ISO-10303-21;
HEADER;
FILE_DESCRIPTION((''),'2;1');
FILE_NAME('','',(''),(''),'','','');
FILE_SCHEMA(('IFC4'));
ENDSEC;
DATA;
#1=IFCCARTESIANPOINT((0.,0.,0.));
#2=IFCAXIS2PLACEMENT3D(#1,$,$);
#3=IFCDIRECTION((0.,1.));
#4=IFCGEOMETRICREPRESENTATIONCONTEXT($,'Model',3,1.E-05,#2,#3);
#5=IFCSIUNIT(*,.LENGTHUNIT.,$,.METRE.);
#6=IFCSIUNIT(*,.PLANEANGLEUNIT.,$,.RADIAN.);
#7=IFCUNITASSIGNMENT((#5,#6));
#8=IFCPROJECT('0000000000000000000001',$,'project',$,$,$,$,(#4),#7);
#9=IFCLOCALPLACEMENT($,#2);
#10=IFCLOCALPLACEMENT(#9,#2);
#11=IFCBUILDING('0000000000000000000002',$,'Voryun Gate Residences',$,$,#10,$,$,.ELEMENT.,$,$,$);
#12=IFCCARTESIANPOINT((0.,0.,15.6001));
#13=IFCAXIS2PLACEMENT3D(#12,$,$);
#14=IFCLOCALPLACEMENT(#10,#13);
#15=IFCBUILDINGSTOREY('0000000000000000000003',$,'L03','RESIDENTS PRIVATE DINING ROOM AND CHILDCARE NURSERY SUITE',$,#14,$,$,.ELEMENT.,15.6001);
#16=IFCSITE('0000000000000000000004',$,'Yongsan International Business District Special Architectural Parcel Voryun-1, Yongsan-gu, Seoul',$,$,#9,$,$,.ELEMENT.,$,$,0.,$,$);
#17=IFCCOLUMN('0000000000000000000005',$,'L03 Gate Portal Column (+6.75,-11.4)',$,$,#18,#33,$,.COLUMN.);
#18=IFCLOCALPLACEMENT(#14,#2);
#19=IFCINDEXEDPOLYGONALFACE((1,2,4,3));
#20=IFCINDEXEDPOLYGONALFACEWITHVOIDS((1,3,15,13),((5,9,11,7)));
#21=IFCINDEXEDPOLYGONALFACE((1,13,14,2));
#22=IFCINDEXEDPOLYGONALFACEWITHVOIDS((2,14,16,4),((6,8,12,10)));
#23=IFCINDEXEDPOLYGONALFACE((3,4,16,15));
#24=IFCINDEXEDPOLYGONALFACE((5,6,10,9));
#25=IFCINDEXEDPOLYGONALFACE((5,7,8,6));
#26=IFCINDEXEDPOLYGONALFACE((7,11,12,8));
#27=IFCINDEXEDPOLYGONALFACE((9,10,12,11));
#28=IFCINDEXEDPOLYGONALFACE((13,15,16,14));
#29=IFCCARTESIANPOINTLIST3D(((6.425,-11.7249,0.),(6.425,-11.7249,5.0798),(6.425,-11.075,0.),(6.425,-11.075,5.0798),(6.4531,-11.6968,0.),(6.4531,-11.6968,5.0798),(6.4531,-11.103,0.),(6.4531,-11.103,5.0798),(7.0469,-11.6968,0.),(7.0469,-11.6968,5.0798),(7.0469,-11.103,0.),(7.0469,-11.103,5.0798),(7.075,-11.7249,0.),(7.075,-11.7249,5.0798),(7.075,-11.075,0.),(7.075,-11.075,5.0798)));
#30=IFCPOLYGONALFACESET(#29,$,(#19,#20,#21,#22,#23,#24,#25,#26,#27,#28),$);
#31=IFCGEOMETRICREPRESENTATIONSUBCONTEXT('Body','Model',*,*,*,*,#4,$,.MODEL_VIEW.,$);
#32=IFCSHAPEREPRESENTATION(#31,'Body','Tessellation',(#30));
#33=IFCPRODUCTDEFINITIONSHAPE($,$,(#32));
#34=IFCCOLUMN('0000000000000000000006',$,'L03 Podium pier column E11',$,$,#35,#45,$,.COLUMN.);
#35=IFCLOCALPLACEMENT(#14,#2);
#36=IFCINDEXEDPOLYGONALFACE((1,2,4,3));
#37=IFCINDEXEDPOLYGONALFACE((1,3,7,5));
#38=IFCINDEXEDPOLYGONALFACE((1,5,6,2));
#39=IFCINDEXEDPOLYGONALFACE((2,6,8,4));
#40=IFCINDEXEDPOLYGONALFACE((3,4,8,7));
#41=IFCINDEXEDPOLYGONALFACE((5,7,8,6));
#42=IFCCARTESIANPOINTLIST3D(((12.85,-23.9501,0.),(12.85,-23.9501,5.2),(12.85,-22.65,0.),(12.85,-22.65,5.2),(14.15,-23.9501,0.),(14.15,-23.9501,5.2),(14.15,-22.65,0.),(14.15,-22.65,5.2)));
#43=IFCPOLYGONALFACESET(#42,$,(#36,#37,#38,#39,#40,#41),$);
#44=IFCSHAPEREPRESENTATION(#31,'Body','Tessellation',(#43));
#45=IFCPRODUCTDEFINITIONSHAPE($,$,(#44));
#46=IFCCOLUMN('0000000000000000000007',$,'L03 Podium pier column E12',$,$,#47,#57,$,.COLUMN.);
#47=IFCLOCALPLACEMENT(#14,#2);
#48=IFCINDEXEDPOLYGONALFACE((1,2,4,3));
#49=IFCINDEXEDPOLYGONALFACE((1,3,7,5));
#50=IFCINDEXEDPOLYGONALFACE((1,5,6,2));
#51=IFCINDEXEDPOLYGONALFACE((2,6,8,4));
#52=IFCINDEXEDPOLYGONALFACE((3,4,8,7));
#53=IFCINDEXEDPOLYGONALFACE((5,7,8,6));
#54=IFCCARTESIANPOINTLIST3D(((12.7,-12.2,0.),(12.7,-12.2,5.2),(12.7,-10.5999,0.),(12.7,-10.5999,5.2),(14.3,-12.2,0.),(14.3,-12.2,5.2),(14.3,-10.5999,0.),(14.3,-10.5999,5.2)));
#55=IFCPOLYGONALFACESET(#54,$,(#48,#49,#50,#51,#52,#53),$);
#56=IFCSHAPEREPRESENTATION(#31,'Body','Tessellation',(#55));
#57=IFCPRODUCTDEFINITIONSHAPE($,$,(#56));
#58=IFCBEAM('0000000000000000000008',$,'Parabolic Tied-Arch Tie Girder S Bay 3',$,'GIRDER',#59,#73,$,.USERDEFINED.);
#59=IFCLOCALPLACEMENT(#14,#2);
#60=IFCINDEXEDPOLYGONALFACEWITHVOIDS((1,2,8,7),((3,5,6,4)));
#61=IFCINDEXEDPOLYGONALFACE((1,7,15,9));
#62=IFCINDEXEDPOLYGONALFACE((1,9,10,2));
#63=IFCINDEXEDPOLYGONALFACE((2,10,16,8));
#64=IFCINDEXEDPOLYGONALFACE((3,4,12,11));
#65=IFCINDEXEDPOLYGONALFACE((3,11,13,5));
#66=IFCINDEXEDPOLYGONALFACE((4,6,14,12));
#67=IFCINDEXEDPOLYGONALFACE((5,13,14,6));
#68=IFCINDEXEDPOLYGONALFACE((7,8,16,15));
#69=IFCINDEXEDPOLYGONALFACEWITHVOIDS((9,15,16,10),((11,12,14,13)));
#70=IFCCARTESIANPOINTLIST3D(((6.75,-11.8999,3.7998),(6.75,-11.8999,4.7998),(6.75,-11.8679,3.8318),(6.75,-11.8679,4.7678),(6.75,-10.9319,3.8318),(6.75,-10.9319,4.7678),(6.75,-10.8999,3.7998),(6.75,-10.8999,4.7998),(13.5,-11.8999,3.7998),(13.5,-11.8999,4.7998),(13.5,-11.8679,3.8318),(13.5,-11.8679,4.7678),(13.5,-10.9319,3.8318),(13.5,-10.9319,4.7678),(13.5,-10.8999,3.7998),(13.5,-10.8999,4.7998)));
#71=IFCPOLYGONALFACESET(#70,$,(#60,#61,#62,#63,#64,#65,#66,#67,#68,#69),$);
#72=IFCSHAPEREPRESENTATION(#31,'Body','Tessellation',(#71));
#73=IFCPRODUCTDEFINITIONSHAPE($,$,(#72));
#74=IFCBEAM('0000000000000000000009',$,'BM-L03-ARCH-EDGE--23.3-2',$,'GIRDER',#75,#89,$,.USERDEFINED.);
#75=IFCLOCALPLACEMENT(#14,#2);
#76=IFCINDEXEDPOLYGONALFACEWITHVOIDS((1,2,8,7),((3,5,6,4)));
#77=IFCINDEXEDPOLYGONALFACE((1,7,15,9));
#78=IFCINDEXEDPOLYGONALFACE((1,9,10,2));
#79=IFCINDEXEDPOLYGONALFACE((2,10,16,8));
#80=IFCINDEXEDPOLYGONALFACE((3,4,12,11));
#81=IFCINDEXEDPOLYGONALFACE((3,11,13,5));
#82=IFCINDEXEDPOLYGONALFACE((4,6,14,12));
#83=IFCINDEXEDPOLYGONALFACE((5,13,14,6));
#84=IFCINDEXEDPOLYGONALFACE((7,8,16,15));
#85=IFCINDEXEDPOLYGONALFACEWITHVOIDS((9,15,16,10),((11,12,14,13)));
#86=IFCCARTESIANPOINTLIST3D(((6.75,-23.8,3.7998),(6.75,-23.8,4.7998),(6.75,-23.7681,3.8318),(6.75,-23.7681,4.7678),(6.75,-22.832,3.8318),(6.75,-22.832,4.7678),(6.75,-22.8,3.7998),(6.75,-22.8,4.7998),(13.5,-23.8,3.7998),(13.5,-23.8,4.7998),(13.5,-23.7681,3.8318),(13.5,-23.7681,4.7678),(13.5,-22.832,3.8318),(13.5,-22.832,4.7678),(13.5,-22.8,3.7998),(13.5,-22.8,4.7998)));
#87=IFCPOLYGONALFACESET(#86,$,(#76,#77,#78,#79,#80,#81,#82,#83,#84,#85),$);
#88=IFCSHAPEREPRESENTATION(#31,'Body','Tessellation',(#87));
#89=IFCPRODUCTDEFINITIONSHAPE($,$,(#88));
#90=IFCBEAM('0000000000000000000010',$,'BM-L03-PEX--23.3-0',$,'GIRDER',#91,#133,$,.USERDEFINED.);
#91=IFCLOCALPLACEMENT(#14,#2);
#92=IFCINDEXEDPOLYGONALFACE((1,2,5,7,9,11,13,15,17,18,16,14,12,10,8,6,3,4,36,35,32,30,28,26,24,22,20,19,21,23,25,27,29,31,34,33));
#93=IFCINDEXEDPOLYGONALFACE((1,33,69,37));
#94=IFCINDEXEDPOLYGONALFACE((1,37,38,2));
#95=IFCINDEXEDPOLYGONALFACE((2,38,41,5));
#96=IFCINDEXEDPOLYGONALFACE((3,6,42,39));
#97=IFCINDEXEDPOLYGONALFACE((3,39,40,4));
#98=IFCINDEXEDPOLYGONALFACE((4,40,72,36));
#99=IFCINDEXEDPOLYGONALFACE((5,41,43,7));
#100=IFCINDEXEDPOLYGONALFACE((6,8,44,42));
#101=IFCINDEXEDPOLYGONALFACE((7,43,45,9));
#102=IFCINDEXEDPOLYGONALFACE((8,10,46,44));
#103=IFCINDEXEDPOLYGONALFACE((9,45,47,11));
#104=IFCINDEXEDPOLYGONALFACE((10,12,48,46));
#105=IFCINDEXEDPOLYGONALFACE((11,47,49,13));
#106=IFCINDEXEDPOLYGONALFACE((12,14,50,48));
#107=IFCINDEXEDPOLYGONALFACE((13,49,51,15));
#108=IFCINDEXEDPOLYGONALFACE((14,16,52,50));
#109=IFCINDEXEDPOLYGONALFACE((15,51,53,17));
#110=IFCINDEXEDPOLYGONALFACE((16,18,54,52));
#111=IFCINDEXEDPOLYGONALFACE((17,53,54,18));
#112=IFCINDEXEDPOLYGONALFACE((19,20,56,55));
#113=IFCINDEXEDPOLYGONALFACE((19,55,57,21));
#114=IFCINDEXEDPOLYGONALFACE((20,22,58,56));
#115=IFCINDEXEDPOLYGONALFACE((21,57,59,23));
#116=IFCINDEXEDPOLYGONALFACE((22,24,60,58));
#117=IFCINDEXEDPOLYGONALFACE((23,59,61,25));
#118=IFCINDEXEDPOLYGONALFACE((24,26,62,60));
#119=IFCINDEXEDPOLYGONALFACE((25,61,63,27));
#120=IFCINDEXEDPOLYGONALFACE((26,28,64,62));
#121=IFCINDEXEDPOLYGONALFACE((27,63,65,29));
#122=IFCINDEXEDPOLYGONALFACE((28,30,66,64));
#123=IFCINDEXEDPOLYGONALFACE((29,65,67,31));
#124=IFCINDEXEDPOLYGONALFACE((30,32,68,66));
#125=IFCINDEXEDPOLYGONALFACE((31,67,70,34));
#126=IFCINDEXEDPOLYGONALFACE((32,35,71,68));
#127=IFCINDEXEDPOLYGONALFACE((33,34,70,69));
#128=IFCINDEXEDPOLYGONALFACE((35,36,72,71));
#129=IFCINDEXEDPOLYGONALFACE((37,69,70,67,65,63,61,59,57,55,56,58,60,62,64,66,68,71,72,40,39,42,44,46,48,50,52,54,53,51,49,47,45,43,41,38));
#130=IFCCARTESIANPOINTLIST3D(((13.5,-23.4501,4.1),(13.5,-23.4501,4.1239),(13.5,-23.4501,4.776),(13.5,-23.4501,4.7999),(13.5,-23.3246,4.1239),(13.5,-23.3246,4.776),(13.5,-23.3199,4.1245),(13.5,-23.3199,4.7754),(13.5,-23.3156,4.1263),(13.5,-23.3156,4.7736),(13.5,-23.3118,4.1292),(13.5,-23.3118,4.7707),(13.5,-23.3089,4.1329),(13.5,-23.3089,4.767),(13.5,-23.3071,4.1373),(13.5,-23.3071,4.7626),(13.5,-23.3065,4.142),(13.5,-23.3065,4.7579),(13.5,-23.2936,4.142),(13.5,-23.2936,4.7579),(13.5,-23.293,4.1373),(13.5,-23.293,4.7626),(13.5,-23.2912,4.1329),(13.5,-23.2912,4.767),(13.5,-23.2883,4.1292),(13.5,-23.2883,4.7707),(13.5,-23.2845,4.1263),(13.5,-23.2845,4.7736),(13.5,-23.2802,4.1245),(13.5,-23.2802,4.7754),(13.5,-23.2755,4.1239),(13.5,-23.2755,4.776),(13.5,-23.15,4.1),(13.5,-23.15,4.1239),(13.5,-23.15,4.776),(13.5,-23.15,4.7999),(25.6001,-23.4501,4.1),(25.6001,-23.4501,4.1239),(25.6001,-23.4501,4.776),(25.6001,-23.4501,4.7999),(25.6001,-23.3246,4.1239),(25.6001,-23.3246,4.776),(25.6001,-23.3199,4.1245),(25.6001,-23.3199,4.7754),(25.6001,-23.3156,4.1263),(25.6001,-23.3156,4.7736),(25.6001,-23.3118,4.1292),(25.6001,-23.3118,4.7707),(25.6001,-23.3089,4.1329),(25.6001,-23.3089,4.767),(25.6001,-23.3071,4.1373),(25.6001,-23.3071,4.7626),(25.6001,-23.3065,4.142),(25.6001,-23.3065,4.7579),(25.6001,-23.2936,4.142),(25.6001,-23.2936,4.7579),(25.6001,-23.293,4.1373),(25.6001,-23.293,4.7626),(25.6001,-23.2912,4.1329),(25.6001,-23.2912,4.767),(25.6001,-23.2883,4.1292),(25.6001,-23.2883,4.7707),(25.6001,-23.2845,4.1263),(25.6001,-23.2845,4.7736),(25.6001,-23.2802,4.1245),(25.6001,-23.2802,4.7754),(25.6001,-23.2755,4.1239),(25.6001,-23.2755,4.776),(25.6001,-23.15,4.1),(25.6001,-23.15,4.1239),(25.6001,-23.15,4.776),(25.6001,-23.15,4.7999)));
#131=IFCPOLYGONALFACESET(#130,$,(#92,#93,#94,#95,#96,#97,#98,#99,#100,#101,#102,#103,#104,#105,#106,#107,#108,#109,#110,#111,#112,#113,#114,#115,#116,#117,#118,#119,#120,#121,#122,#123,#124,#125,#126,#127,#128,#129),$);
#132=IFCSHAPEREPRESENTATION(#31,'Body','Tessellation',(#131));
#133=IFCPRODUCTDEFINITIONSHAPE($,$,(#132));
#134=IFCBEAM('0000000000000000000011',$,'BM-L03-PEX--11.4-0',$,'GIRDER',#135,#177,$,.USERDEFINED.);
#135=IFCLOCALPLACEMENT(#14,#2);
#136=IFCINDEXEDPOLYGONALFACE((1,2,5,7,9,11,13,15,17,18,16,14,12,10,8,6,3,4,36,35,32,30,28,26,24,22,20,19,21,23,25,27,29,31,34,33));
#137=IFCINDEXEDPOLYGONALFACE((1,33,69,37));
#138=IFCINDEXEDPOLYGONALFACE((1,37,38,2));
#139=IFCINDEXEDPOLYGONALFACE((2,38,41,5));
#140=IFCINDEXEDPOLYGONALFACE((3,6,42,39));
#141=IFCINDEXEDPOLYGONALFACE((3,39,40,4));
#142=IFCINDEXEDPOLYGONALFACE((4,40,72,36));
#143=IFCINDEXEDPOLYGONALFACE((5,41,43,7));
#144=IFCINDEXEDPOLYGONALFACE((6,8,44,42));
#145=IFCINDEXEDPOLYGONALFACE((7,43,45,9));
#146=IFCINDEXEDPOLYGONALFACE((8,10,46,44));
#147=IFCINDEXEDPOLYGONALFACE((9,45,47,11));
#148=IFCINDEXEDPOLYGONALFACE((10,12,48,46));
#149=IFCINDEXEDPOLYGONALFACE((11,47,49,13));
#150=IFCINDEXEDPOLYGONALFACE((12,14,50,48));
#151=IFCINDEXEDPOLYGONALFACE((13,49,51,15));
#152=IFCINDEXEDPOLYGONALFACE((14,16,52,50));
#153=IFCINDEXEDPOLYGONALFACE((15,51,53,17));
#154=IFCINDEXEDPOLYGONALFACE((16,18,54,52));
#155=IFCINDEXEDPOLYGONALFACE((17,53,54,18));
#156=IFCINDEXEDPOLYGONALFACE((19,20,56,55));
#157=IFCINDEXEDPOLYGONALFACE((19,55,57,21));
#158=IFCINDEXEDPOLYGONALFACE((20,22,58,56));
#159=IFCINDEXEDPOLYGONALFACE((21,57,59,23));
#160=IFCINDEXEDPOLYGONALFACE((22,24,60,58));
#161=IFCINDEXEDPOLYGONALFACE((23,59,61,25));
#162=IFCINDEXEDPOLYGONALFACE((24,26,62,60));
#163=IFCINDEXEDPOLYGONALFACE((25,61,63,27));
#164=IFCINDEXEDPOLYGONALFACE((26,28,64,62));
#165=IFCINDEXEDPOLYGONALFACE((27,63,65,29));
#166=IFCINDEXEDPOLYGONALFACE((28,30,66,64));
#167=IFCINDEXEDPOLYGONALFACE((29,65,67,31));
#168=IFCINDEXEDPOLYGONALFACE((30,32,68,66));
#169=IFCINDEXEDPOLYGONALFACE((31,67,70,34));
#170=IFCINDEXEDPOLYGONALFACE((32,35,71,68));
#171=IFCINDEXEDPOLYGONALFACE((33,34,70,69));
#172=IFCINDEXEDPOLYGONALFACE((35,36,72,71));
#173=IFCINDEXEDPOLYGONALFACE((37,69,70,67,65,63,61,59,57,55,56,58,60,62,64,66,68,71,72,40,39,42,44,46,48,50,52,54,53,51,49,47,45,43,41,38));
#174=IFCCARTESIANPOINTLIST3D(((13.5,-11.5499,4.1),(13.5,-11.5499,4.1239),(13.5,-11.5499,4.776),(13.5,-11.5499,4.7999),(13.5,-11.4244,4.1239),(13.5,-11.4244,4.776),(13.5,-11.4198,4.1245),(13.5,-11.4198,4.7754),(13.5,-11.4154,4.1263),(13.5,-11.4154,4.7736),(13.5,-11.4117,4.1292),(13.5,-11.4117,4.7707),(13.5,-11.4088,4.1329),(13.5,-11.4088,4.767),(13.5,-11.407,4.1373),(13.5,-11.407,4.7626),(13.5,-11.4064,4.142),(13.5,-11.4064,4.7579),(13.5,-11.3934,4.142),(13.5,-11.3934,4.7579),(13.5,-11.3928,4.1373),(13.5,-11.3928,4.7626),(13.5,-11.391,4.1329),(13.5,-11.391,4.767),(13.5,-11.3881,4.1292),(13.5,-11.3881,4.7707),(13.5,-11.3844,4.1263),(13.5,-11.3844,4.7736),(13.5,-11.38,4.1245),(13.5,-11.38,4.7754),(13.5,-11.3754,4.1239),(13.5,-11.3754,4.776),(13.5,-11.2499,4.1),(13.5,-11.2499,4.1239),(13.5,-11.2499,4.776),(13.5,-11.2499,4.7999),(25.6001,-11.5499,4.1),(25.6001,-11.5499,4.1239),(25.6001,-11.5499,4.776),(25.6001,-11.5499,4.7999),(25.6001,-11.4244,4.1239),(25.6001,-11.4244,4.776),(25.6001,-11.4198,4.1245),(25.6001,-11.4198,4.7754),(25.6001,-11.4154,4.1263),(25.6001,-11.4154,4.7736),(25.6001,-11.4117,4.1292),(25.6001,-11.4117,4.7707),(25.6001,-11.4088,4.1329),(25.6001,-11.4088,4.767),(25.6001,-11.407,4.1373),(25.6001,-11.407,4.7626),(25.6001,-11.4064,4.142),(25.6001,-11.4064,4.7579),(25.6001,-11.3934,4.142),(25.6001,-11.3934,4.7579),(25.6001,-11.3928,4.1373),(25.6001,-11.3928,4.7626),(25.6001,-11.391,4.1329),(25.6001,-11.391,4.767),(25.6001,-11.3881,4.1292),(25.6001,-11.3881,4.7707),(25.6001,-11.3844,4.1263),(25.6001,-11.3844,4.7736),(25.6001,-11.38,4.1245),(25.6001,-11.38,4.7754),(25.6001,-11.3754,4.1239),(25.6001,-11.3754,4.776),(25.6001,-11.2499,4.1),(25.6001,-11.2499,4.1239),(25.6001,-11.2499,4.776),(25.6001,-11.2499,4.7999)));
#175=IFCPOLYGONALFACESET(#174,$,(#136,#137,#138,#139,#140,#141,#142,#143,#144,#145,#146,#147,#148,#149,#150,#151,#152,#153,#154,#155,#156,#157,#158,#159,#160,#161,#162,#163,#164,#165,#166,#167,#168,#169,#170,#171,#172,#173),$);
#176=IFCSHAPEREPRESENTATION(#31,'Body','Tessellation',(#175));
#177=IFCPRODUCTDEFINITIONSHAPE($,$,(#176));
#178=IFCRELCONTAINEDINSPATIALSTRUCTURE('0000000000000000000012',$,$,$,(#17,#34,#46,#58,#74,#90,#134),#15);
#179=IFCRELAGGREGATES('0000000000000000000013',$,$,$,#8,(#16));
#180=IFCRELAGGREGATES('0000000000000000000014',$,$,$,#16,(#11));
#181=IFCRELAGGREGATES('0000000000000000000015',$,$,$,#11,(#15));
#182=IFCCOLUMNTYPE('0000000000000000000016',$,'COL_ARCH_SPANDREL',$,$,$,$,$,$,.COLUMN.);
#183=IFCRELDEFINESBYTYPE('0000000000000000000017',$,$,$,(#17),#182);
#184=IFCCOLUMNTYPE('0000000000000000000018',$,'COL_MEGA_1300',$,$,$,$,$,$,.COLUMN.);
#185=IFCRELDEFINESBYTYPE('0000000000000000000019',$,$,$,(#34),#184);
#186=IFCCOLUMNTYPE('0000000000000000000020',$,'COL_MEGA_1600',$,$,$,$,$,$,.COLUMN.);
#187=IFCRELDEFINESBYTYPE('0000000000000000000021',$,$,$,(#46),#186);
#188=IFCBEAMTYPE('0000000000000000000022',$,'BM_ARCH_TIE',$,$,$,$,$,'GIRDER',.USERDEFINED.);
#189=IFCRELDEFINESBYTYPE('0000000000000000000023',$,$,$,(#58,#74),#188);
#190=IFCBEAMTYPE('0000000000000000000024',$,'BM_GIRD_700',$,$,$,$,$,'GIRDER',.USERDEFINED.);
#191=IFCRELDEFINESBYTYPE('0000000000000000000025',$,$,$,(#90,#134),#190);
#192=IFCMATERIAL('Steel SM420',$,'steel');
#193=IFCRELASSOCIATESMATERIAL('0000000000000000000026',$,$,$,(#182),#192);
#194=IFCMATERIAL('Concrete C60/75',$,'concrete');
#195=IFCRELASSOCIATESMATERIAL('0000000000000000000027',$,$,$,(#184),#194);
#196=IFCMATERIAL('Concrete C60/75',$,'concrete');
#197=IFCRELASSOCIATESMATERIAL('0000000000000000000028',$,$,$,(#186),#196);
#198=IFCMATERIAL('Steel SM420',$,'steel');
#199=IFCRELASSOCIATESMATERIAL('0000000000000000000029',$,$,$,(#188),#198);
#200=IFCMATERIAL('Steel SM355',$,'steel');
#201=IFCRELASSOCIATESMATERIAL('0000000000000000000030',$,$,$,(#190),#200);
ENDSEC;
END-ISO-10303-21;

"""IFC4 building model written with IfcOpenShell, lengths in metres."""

from ifc_helpers import new_model, si_unit, direction, frame, origin, origin_2d, place, context, subcontext, project, spatial, rectangle, hollow_rectangle, i_section, extrude, material, material_profile, profile_set, type_object, element, save


model = new_model("IFC4")

# Units and contexts
model_context = context("Model", 3, precision=1e-05, world=origin(), true_north=direction((0.0, 1.0)))
body_context = subcontext(model_context, "Body", "Model", "MODEL_VIEW")
ifc_project = project(units=[si_unit("LENGTHUNIT", "METRE"), si_unit("PLANEANGLEUNIT", "RADIAN")], contexts=[model_context])

# Site, building, storey
site_placement = place(None, origin())
site = spatial("IfcSite", under=ifc_project, at=site_placement, Name="Yongsan International Business District Special Architectural Parcel Voryun-1, Yongsan-gu, Seoul", CompositionType="ELEMENT", RefElevation=0.0)
building_placement = place(site_placement, origin())
building = spatial("IfcBuilding", under=site, at=building_placement, Name="Voryun Gate Residences", CompositionType="ELEMENT")
storey_placement = place(building_placement, frame((0.0, 0.0, 15.6001)))
storey = spatial("IfcBuildingStorey", under=building, at=storey_placement, Name="L03", Description="RESIDENTS PRIVATE DINING ROOM AND CHILDCARE NURSERY SUITE", CompositionType="ELEMENT", Elevation=15.6001)

# Columns
ifc_material_1 = material(Name="Steel SM420", Category="steel")
ifc_material_profile_1 = material_profile(ifc_material_1, hollow_rectangle(XDim=0.6499, YDim=0.6499, WallThickness=0.0281, at=origin_2d()), Name="BOX-650x650x28")
ifc_profile_set_1 = profile_set([ifc_material_profile_1], Name="Steel SM420")
column_type_1 = type_object("IfcColumnType", Name="COL_ARCH_SPANDREL", PredefinedType="COLUMN", material=ifc_profile_set_1)
column_1_placement = place(storey_placement, frame((6.75, -11.3999, 0.0), z_axis=(0.0, 0.0, 1.0), x_axis=(1.0, 0.0, 0.0)))
element("IfcColumn", 1, at=column_1_placement, inside=storey, type_object=column_type_1, Name="L03 Gate Portal Column (+6.75,-11.4)", PredefinedType="COLUMN", context=body_context, shape_type="SweptSolid", body=[
    extrude(hollow_rectangle(XDim=0.6499, YDim=0.6499, WallThickness=0.0281, at=origin_2d()), origin(), (0.0, 0.0, 1.0), 5.0798),
])
ifc_material_2 = material(Name="Concrete C60/75", Category="concrete")
ifc_material_profile_2 = material_profile(ifc_material_2, rectangle(XDim=1.3, YDim=1.3, at=origin_2d()), Name="RC-1300x1300")
ifc_profile_set_2 = profile_set([ifc_material_profile_2], Name="Concrete C60/75")
column_type_2 = type_object("IfcColumnType", Name="COL_MEGA_1300", PredefinedType="COLUMN", material=ifc_profile_set_2)
column_2_placement = place(storey_placement, frame((13.5, -23.3, 0.0), z_axis=(0.0, 0.0, 1.0), x_axis=(1.0, 0.0, 0.0)))
element("IfcColumn", 2, at=column_2_placement, inside=storey, type_object=column_type_2, Name="L03 Podium pier column E11", PredefinedType="COLUMN", context=body_context, shape_type="SweptSolid", body=[
    extrude(rectangle(XDim=1.3, YDim=1.3, at=origin_2d()), origin(), (0.0, 0.0, 1.0), 5.2),
])
ifc_material_3 = material(Name="Concrete C60/75", Category="concrete")
ifc_material_profile_3 = material_profile(ifc_material_3, rectangle(XDim=1.6001, YDim=1.6001, at=origin_2d()), Name="RC-1600x1600")
ifc_profile_set_3 = profile_set([ifc_material_profile_3], Name="Concrete C60/75")
column_type_3 = type_object("IfcColumnType", Name="COL_MEGA_1600", PredefinedType="COLUMN", material=ifc_profile_set_3)
column_3_placement = place(storey_placement, frame((13.5, -11.3999, 0.0), z_axis=(0.0, 0.0, 1.0), x_axis=(1.0, 0.0, 0.0)))
element("IfcColumn", 3, at=column_3_placement, inside=storey, type_object=column_type_3, Name="L03 Podium pier column E12", PredefinedType="COLUMN", context=body_context, shape_type="SweptSolid", body=[
    extrude(rectangle(XDim=1.6001, YDim=1.6001, at=origin_2d()), origin(), (0.0, 0.0, 1.0), 5.2),
])

# Beams
ifc_material_4 = material(Name="Steel SM420", Category="steel")
ifc_material_profile_4 = material_profile(ifc_material_4, hollow_rectangle(XDim=1.0, YDim=1.0, WallThickness=0.032, at=origin_2d()), Name="BOX-1000x1000x32")
ifc_profile_set_4 = profile_set([ifc_material_profile_4], Name="Steel SM420")
beam_type_1 = type_object("IfcBeamType", Name="BM_ARCH_TIE", ElementType="GIRDER", PredefinedType="USERDEFINED", material=ifc_profile_set_4)
for number, where, z_axis, x_axis, name in (
    (4, (6.75, -11.3999, 4.2998), (1.0, 0.0, 0.0), (0.0, 1.0, 0.0), "Parabolic Tied-Arch Tie Girder S Bay 3"),
    (5, (6.75, -23.3, 4.2998), (1.0, 0.0, 0.0), (0.0, 1.0, 0.0), "BM-L03-ARCH-EDGE--23.3-2"),
):
    element("IfcBeam", number, at=place(storey_placement, frame(where, z_axis=z_axis, x_axis=x_axis)), inside=storey, type_object=beam_type_1, Name=name, ObjectType="GIRDER", PredefinedType="USERDEFINED", context=body_context, shape_type="SweptSolid", body=[
        extrude(hollow_rectangle(XDim=1.0, YDim=1.0, WallThickness=0.032, at=origin_2d()), origin(), (0.0, 0.0, 1.0), 6.75),
    ])
ifc_material_5 = material(Name="Steel SM355", Category="steel")
ifc_material_profile_5 = material_profile(ifc_material_5, i_section(OverallWidth=0.3, OverallDepth=0.7, WebThickness=0.0129, FlangeThickness=0.0239, FilletRadius=0.0181, at=origin_2d()), Name="H-700x300x13x24")
ifc_profile_set_5 = profile_set([ifc_material_profile_5], Name="Steel SM355")
beam_type_2 = type_object("IfcBeamType", Name="BM_GIRD_700", ElementType="GIRDER", PredefinedType="USERDEFINED", material=ifc_profile_set_5)
for number, where, z_axis, x_axis, name in (
    (6, (13.5, -23.3, 4.45), (1.0, 0.0, 0.0), (0.0, 1.0, 0.0), "BM-L03-PEX--23.3-0"),
    (7, (13.5, -11.3999, 4.45), (1.0, 0.0, 0.0), (0.0, 1.0, 0.0), "BM-L03-PEX--11.4-0"),
):
    element("IfcBeam", number, at=place(storey_placement, frame(where, z_axis=z_axis, x_axis=x_axis)), inside=storey, type_object=beam_type_2, Name=name, ObjectType="GIRDER", PredefinedType="USERDEFINED", context=body_context, shape_type="SweptSolid", body=[
        extrude(i_section(OverallWidth=0.3, OverallDepth=0.7, WebThickness=0.0129, FlangeThickness=0.0239, FilletRadius=0.0181, at=origin_2d()), origin(), (0.0, 0.0, 1.0), 12.1001),
    ])

save(model, "model.ifc")
